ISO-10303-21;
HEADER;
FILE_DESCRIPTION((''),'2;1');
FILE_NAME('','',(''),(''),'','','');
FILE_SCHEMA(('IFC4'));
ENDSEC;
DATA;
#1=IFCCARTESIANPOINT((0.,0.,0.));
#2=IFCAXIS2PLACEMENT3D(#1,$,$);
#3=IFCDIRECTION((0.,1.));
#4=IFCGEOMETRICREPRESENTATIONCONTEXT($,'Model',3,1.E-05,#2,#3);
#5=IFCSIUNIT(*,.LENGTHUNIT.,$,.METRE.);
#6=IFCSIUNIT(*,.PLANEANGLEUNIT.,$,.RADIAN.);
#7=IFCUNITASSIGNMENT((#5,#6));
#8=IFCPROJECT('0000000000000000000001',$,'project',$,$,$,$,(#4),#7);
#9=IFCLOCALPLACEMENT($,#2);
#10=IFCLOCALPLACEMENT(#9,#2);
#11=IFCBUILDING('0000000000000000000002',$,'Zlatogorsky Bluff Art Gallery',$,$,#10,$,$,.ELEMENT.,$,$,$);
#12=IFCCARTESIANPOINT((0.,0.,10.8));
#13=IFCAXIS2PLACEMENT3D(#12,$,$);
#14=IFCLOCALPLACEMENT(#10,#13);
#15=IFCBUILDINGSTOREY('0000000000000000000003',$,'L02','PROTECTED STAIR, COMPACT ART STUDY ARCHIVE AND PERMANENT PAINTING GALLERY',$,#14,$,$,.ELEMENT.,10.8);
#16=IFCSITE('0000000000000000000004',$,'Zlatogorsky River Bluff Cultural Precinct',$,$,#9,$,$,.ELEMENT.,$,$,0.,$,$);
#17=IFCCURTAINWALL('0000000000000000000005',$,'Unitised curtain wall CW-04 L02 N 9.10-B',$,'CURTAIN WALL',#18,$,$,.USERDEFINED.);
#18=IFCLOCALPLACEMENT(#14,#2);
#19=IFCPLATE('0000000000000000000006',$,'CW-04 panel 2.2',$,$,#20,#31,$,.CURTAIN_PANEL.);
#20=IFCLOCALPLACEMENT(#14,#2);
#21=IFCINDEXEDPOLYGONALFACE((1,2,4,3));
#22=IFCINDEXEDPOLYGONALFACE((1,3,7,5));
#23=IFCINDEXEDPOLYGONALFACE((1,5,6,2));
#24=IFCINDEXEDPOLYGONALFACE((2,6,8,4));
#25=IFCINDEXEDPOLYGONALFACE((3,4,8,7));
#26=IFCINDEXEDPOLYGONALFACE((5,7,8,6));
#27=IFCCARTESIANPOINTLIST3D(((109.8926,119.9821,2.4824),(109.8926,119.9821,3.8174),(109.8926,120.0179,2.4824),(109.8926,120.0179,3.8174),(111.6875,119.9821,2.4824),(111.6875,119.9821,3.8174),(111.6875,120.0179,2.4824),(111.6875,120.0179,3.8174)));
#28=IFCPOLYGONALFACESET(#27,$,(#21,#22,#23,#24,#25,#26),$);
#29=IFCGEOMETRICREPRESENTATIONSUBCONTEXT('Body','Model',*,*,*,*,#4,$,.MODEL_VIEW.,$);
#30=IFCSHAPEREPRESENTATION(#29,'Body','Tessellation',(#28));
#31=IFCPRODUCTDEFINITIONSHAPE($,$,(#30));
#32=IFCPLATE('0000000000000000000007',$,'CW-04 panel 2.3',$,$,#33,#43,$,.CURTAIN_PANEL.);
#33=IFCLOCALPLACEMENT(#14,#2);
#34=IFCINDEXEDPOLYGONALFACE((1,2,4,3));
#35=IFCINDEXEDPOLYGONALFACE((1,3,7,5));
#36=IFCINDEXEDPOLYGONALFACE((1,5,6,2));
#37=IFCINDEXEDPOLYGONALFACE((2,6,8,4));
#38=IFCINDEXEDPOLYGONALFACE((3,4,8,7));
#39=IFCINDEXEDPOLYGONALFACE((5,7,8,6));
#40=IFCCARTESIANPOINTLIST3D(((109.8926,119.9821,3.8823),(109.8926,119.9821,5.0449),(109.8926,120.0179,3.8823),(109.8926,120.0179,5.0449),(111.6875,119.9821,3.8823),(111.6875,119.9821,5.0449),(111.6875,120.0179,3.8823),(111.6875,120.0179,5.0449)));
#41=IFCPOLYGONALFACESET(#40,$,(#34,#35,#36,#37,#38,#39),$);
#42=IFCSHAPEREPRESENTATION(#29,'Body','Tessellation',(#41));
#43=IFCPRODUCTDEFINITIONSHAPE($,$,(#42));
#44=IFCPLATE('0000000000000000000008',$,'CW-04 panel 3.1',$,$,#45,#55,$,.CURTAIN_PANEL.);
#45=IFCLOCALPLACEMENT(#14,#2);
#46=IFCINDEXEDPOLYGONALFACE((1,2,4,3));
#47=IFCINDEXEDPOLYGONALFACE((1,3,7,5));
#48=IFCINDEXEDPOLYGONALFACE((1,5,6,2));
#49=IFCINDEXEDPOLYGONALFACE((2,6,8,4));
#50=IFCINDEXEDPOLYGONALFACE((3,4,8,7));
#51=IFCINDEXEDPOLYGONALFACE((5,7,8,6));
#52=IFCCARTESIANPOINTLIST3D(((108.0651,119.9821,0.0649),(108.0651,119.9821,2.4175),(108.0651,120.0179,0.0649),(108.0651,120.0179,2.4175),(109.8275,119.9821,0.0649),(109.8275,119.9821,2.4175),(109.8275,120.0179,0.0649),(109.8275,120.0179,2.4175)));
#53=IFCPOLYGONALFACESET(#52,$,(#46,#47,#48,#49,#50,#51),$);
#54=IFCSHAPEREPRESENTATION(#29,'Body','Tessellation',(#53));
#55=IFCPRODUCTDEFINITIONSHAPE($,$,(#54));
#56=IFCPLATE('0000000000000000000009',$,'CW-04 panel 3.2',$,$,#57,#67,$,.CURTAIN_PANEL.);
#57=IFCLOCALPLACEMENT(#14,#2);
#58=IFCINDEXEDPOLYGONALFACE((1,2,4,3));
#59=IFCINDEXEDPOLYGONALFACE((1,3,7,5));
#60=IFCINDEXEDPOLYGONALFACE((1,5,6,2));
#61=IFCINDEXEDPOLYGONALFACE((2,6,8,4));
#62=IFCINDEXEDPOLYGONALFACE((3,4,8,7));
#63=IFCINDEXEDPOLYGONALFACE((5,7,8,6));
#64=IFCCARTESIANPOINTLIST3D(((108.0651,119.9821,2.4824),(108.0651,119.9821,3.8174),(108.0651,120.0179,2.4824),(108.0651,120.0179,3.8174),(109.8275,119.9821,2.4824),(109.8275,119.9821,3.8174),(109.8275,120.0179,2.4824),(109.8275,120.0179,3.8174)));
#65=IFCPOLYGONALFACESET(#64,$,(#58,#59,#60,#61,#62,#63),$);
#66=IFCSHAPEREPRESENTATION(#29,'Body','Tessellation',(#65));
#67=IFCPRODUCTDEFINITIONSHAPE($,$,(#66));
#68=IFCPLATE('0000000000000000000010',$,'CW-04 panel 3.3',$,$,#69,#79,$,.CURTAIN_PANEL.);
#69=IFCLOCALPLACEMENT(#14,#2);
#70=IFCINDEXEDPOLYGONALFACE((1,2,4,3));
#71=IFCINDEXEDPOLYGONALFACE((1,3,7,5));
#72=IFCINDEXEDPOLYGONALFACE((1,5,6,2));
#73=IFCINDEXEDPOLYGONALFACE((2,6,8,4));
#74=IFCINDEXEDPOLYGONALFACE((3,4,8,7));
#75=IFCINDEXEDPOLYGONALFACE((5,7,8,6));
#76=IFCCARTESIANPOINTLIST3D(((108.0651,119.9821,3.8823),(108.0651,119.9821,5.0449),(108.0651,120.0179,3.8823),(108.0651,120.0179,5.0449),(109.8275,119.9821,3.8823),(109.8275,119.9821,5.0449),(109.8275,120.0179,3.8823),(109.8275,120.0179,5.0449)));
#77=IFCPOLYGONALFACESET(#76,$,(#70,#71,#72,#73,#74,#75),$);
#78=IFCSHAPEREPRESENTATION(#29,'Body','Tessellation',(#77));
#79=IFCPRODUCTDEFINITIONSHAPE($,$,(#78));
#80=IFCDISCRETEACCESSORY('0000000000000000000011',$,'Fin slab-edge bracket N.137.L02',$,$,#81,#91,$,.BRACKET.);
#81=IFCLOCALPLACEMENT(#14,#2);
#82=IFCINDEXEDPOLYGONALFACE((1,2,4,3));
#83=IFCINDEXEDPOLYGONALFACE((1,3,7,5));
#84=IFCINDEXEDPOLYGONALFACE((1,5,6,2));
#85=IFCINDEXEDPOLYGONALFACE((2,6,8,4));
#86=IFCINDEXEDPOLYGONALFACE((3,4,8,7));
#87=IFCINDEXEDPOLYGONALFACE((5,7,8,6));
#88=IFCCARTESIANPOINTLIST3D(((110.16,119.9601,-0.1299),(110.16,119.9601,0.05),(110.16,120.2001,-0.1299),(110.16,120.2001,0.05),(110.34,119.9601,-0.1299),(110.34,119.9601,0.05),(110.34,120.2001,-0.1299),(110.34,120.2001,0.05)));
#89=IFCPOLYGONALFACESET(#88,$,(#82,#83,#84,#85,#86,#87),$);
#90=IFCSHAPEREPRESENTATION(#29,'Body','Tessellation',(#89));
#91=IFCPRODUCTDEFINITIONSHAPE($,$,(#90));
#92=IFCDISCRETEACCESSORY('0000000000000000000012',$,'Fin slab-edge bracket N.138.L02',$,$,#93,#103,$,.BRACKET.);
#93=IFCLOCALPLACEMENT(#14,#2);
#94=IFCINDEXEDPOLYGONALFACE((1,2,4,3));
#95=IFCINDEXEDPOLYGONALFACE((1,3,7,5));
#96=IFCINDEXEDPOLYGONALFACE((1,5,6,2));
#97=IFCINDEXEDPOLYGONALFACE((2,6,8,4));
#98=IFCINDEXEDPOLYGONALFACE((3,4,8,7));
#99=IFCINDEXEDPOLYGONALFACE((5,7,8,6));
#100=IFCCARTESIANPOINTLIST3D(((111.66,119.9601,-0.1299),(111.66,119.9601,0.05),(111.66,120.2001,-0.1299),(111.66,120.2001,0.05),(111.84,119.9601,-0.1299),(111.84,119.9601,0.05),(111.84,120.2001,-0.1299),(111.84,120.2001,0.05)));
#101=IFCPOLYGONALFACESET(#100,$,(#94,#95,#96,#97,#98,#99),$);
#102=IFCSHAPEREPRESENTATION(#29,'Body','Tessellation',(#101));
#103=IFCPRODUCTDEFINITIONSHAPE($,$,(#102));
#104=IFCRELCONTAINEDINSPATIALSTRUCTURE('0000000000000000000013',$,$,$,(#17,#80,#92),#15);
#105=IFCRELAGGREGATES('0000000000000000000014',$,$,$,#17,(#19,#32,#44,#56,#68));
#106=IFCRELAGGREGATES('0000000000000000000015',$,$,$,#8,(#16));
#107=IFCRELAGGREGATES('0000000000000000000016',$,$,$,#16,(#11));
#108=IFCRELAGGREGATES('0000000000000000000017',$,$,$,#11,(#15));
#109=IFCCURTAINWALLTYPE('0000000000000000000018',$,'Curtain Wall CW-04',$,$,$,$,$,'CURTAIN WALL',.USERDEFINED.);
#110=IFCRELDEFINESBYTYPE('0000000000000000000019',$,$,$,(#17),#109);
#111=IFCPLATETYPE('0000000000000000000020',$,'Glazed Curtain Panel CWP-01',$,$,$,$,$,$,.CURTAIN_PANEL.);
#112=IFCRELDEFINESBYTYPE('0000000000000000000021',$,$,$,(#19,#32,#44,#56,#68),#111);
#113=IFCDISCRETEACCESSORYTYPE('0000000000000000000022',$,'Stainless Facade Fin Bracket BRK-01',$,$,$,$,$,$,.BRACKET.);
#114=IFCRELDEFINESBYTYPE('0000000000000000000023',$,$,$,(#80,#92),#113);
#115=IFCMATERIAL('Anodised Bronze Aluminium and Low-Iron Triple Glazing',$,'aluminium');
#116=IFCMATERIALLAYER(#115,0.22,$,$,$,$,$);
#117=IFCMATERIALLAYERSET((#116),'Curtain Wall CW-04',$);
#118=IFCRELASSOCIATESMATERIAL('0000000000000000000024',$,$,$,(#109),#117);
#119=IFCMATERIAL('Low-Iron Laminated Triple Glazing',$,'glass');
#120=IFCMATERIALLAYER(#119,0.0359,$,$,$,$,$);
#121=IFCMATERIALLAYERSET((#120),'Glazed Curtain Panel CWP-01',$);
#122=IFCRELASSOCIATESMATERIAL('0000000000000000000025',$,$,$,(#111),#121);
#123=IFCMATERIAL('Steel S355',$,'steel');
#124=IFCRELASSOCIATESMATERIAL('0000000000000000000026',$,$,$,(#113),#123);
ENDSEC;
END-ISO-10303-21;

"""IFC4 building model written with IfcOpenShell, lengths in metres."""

from ifc_helpers import new_model, si_unit, direction, frame, origin, origin_2d, place, context, subcontext, project, spatial, rectangle, extrude, material, layer, layer_set, type_object, element, aggregate, save


model = new_model("IFC4")

# Units and contexts
model_context = context("Model", 3, precision=1e-05, world=origin(), true_north=direction((0.0, 1.0)))
body_context = subcontext(model_context, "Body", "Model", "MODEL_VIEW")
ifc_project = project(units=[si_unit("LENGTHUNIT", "METRE"), si_unit("PLANEANGLEUNIT", "RADIAN")], contexts=[model_context])

# Site, building, storey
site_placement = place(None, origin())
site = spatial("IfcSite", under=ifc_project, at=site_placement, Name="Zlatogorsky River Bluff Cultural Precinct", CompositionType="ELEMENT", RefElevation=0.0)
building_placement = place(site_placement, origin())
building = spatial("IfcBuilding", under=site, at=building_placement, Name="Zlatogorsky Bluff Art Gallery", CompositionType="ELEMENT")
storey_placement = place(building_placement, frame((0.0, 0.0, 10.8)))
storey = spatial("IfcBuildingStorey", under=building, at=storey_placement, Name="L02", Description="PROTECTED STAIR, COMPACT ART STUDY ARCHIVE AND PERMANENT PAINTING GALLERY", CompositionType="ELEMENT", Elevation=10.8)

# Curtain wall, plates
ifc_material_1 = material(Name="Anodised Bronze Aluminium and Low-Iron Triple Glazing", Category="aluminium")
ifc_layer_1 = layer(ifc_material_1, 0.22)
ifc_layer_set_1 = layer_set([ifc_layer_1], Name="Curtain Wall CW-04")
curtain_wall_type = type_object("IfcCurtainWallType", Name="Curtain Wall CW-04", ElementType="CURTAIN WALL", PredefinedType="USERDEFINED", material=ifc_layer_set_1)
curtain_wall_placement = place(storey_placement, origin())
curtain_wall = element("IfcCurtainWall", 1, at=curtain_wall_placement, inside=storey, type_object=curtain_wall_type, Name="Unitised curtain wall CW-04 L02 N 9.10-B", ObjectType="CURTAIN WALL", PredefinedType="USERDEFINED")
ifc_material_2 = material(Name="Low-Iron Laminated Triple Glazing", Category="glass")
ifc_layer_2 = layer(ifc_material_2, 0.0359)
ifc_layer_set_2 = layer_set([ifc_layer_2], Name="Glazed Curtain Panel CWP-01")
plate_type = type_object("IfcPlateType", Name="Glazed Curtain Panel CWP-01", PredefinedType="CURTAIN_PANEL", material=ifc_layer_set_2)
plate_1_placement = place(storey_placement, frame((110.79, 120.0, 2.4824), z_axis=(0.0, 0.0, 1.0), x_axis=(-1.0, 0.0, 0.0)))
plate_1 = element("IfcPlate", 2, at=plate_1_placement, type_object=plate_type, Name="CW-04 panel 2.2", PredefinedType="CURTAIN_PANEL", context=body_context, shape_type="SweptSolid", body=[
    extrude(rectangle(XDim=1.7949, YDim=0.0359, at=origin_2d()), origin(), (0.0, 0.0, 1.0), 1.335),
])
plate_2_placement = place(storey_placement, frame((110.79, 120.0, 3.8823), z_axis=(0.0, 0.0, 1.0), x_axis=(-1.0, 0.0, 0.0)))
plate_2 = element("IfcPlate", 3, at=plate_2_placement, type_object=plate_type, Name="CW-04 panel 2.3", PredefinedType="CURTAIN_PANEL", context=body_context, shape_type="SweptSolid", body=[
    extrude(rectangle(XDim=1.7949, YDim=0.0359, at=origin_2d()), origin(), (0.0, 0.0, 1.0), 1.1626),
])
plate_3_placement = place(storey_placement, frame((108.9463, 120.0, 0.0649), z_axis=(0.0, 0.0, 1.0), x_axis=(-1.0, 0.0, 0.0)))
plate_3 = element("IfcPlate", 4, at=plate_3_placement, type_object=plate_type, Name="CW-04 panel 3.1", PredefinedType="CURTAIN_PANEL", context=body_context, shape_type="SweptSolid", body=[
    extrude(rectangle(XDim=1.7625, YDim=0.0359, at=origin_2d()), origin(), (0.0, 0.0, 1.0), 2.3525),
])
plate_4_placement = place(storey_placement, frame((108.9463, 120.0, 2.4824), z_axis=(0.0, 0.0, 1.0), x_axis=(-1.0, 0.0, 0.0)))
plate_4 = element("IfcPlate", 5, at=plate_4_placement, type_object=plate_type, Name="CW-04 panel 3.2", PredefinedType="CURTAIN_PANEL", context=body_context, shape_type="SweptSolid", body=[
    extrude(rectangle(XDim=1.7625, YDim=0.0359, at=origin_2d()), origin(), (0.0, 0.0, 1.0), 1.335),
])
plate_5_placement = place(storey_placement, frame((108.9463, 120.0, 3.8823), z_axis=(0.0, 0.0, 1.0), x_axis=(-1.0, 0.0, 0.0)))
plate_5 = element("IfcPlate", 6, at=plate_5_placement, type_object=plate_type, Name="CW-04 panel 3.3", PredefinedType="CURTAIN_PANEL", context=body_context, shape_type="SweptSolid", body=[
    extrude(rectangle(XDim=1.7625, YDim=0.0359, at=origin_2d()), origin(), (0.0, 0.0, 1.0), 1.1626),
])
aggregate(curtain_wall, [plate_1, plate_2, plate_3, plate_4, plate_5])

# Discrete accessories
ifc_material_3 = material(Name="Steel S355", Category="steel")
discrete_accessory_type = type_object("IfcDiscreteAccessoryType", Name="Stainless Facade Fin Bracket BRK-01", PredefinedType="BRACKET", material=ifc_material_3)
for number, where, z_axis, x_axis, name in (
    (7, (110.25, 120.0801, -0.1299), (0.0, 0.0, 1.0), (1.0, 0.0, 0.0), "Fin slab-edge bracket N.137.L02"),
    (8, (111.75, 120.0801, -0.1299), (0.0, 0.0, 1.0), (1.0, 0.0, 0.0), "Fin slab-edge bracket N.138.L02"),
):
    element("IfcDiscreteAccessory", number, at=place(storey_placement, frame(where, z_axis=z_axis, x_axis=x_axis)), inside=storey, type_object=discrete_accessory_type, Name=name, PredefinedType="BRACKET", context=body_context, shape_type="SweptSolid", body=[
        extrude(rectangle(XDim=0.1799, YDim=0.24, at=origin_2d()), origin(), (0.0, 0.0, 1.0), 0.1799),
    ])

save(model, "model.ifc")
